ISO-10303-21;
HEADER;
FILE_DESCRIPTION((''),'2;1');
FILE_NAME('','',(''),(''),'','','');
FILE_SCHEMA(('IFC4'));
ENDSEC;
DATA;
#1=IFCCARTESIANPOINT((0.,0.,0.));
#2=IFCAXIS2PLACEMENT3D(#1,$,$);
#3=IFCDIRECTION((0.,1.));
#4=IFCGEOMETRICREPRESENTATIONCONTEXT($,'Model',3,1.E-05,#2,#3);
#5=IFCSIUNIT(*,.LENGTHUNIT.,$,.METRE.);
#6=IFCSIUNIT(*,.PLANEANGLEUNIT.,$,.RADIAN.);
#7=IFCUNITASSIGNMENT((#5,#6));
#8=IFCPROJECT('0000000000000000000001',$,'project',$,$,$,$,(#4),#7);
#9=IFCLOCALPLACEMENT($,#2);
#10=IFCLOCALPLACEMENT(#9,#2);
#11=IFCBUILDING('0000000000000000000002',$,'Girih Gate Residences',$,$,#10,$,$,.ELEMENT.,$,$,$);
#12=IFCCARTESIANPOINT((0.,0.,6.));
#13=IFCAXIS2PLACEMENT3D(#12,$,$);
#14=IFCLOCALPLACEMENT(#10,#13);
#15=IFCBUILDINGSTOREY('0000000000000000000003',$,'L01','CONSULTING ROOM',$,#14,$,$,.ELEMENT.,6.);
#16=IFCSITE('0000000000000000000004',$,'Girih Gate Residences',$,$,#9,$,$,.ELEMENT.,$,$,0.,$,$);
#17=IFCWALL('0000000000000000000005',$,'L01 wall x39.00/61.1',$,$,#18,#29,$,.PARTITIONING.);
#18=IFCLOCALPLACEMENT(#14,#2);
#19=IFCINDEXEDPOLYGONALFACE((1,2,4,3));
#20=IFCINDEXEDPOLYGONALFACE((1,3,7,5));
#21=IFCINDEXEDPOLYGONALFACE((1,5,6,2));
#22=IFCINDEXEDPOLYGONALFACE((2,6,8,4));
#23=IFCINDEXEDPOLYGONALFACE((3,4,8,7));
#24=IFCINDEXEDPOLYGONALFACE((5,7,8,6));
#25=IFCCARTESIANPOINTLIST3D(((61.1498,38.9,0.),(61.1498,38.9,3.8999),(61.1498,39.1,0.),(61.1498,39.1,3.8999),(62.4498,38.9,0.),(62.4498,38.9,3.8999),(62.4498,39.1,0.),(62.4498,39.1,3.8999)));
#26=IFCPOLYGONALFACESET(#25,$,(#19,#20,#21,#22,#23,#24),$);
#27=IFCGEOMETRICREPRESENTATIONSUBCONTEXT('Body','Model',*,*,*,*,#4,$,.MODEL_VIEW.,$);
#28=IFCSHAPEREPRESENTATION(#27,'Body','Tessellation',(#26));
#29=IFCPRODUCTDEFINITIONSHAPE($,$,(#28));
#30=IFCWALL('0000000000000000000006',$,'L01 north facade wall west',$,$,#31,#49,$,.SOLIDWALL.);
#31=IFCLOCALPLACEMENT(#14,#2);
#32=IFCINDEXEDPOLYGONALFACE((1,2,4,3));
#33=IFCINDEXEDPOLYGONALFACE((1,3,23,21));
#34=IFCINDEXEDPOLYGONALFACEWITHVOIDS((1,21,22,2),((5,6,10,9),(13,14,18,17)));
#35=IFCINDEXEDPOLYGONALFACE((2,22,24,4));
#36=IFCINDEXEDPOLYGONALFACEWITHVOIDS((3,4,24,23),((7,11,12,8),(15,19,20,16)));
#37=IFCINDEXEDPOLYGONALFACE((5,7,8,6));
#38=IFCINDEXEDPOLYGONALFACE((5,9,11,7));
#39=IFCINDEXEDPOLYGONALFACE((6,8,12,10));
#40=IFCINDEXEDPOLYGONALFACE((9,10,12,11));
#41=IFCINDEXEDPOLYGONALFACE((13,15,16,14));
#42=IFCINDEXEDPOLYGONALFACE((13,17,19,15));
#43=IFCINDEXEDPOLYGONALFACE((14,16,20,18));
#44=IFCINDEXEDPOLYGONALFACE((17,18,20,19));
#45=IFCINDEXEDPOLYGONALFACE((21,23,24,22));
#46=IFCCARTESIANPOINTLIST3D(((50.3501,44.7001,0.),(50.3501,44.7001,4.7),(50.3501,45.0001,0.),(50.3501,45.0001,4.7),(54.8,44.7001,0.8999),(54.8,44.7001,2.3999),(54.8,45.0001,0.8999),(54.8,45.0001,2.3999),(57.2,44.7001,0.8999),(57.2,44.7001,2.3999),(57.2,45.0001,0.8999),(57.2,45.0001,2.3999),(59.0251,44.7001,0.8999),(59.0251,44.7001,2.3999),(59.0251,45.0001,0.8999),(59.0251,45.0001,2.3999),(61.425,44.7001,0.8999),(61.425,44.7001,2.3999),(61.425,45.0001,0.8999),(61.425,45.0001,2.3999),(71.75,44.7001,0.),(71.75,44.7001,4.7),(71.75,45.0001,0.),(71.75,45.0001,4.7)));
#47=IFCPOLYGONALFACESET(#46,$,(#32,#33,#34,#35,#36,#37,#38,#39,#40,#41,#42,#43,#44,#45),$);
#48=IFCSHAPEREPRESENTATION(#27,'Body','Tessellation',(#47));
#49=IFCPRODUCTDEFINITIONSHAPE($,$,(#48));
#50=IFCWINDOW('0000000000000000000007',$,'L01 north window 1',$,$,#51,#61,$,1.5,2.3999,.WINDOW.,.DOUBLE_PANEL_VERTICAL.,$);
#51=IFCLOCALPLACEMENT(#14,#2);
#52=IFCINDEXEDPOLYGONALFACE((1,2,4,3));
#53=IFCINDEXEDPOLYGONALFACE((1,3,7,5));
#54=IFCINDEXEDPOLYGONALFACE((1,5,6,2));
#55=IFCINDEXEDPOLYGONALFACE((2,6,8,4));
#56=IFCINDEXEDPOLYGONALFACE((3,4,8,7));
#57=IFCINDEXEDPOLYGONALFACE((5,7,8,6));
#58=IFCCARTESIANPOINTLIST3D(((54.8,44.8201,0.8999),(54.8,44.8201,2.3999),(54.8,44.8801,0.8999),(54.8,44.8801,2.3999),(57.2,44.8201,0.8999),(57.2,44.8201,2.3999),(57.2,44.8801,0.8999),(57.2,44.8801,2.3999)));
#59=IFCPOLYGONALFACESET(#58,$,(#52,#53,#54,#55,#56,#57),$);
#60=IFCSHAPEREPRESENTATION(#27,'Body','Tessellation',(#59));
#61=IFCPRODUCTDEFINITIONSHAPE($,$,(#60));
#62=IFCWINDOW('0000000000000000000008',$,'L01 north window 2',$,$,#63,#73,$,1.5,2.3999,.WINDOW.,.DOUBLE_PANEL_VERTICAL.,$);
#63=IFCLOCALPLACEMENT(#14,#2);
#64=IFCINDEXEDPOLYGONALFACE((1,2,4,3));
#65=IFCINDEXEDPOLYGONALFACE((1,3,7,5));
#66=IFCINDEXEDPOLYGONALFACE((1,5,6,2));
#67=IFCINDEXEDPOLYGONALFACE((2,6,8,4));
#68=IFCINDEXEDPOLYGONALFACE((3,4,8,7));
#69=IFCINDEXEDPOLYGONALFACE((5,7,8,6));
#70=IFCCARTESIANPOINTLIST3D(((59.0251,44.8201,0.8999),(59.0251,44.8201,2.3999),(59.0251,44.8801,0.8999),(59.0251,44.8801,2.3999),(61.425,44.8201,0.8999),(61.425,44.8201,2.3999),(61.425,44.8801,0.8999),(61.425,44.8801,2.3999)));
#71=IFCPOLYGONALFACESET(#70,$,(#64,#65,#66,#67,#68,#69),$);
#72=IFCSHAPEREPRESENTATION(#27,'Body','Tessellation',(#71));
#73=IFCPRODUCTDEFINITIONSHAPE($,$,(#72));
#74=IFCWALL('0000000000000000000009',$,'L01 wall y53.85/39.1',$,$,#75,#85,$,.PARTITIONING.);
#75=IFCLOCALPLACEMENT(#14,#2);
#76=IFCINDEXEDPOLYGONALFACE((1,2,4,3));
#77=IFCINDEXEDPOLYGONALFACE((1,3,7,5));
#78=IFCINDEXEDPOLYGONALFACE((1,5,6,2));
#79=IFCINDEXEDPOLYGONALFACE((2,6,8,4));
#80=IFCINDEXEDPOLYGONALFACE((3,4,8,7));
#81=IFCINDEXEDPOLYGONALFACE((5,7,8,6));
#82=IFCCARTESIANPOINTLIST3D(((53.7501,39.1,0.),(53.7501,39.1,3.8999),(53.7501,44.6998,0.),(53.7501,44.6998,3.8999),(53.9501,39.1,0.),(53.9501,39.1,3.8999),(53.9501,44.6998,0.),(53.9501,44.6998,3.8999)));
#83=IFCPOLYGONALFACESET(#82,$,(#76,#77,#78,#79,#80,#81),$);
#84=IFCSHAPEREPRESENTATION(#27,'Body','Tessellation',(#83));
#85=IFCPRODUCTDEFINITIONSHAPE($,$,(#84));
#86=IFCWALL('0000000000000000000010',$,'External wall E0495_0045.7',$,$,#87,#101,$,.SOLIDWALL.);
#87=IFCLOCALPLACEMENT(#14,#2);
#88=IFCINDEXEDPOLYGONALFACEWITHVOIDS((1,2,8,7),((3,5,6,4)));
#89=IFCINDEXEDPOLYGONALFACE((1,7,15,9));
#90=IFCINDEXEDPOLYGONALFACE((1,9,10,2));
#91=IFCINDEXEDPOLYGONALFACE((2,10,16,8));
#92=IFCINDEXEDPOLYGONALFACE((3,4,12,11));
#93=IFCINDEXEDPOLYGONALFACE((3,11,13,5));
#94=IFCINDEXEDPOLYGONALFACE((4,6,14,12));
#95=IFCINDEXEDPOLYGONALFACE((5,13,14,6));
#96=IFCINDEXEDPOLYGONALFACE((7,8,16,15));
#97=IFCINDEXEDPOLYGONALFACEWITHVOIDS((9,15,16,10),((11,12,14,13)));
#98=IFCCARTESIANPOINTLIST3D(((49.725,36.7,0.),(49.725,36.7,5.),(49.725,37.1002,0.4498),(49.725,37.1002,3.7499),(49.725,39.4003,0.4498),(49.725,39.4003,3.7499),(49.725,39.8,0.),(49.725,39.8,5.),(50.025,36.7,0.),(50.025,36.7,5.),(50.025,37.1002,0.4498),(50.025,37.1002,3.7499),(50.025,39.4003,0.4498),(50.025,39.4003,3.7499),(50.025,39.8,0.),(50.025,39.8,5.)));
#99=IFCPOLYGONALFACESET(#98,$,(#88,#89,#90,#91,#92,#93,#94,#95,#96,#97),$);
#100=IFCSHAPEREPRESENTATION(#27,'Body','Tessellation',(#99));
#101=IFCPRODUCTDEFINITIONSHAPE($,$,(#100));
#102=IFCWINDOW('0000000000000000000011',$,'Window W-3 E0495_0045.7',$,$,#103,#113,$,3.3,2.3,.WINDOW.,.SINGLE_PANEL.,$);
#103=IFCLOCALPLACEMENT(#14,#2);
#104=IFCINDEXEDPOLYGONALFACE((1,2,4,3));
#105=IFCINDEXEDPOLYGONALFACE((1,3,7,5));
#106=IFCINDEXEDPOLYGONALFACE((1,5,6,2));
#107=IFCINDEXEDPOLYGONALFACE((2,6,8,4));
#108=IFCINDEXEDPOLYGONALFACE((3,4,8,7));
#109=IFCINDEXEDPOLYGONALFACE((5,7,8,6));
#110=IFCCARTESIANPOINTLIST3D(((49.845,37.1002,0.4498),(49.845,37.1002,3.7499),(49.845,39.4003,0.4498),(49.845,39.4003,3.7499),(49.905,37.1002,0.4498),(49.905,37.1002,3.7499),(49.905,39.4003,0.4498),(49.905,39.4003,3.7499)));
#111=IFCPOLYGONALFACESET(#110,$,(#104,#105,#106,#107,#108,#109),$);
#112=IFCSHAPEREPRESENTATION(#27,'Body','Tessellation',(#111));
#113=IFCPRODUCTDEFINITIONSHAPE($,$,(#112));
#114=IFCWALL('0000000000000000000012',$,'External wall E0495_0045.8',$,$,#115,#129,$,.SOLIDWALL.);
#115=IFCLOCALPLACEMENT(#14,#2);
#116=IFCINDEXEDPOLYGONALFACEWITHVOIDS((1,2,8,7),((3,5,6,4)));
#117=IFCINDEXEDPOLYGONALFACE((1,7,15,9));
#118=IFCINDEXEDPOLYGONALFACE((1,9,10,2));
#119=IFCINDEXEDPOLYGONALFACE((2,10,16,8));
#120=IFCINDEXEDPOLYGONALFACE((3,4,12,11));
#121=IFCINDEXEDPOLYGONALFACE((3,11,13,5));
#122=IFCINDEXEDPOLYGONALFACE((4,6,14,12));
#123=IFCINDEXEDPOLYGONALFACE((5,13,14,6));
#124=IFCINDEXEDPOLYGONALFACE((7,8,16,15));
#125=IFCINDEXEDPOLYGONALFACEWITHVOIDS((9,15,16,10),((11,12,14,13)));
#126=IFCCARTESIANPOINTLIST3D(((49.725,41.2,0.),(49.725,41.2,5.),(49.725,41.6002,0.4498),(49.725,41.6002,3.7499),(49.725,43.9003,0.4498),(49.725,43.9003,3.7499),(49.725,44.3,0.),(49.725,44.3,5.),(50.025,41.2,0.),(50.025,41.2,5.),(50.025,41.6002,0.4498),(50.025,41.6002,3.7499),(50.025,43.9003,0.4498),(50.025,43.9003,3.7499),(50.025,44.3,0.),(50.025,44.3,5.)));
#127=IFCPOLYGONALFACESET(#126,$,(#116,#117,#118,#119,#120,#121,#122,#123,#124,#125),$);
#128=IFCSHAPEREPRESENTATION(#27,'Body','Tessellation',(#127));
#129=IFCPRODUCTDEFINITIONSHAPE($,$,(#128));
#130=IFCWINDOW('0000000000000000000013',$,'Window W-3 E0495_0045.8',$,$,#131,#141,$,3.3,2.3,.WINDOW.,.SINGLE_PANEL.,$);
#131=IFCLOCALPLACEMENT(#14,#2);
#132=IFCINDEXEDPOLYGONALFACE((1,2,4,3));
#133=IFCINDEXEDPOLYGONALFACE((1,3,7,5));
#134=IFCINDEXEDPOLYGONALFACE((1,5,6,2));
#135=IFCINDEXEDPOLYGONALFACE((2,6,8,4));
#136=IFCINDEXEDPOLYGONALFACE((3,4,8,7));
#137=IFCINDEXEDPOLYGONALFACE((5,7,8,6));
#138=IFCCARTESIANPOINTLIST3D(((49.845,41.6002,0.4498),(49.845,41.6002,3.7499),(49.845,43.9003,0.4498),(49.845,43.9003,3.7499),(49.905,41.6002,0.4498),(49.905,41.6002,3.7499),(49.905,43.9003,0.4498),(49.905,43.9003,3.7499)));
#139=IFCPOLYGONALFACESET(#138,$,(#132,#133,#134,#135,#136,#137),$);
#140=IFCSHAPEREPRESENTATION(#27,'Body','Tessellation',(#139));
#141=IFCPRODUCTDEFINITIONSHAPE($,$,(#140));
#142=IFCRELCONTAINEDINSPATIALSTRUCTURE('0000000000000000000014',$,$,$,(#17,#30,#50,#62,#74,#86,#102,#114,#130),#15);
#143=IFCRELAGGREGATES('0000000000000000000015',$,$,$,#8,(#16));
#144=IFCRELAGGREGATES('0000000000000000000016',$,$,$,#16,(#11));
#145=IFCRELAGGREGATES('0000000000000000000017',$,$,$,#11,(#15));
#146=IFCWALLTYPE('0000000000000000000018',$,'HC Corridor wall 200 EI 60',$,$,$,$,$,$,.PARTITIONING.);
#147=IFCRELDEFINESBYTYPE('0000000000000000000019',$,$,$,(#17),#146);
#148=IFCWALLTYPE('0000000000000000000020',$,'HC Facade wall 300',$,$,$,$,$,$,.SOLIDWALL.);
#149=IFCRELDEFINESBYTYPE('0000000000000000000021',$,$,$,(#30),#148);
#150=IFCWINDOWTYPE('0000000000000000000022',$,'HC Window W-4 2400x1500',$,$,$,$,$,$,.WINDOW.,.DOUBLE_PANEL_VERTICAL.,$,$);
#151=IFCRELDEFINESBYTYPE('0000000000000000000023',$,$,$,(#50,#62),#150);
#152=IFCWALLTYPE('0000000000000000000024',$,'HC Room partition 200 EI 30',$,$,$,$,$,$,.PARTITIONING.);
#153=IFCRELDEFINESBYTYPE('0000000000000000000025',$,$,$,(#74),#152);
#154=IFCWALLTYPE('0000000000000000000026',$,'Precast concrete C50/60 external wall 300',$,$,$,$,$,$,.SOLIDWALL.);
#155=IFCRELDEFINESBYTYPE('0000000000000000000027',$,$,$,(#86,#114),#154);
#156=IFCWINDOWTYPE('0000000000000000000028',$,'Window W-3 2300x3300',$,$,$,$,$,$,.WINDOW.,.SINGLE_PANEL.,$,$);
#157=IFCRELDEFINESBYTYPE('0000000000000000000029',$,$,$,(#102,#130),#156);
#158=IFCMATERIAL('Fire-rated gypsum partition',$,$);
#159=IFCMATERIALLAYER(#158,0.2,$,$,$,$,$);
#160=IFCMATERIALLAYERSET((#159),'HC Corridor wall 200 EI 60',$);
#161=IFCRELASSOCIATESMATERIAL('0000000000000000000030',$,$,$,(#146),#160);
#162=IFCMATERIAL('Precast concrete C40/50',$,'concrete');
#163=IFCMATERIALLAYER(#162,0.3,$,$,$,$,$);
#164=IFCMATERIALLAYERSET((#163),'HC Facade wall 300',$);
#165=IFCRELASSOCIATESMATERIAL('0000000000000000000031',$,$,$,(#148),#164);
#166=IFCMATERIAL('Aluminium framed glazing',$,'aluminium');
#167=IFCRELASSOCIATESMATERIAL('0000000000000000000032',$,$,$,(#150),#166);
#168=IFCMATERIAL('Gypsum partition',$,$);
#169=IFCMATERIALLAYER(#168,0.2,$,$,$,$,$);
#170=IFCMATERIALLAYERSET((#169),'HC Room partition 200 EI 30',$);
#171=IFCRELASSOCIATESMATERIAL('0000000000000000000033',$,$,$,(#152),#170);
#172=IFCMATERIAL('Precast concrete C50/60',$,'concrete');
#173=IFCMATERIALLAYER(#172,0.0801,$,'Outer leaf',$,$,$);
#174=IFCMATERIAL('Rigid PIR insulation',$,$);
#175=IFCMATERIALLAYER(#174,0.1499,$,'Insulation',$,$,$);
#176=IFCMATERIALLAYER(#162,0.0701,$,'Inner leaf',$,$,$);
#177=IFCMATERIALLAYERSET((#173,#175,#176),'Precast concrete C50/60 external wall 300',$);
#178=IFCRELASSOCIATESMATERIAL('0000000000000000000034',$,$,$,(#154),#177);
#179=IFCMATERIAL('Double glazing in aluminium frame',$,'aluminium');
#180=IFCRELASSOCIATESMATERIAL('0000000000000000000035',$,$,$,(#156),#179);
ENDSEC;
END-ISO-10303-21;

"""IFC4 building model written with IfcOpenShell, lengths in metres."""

from ifc_helpers import new_model, si_unit, direction, frame, frame_2d, origin, place, context, subcontext, project, spatial, rectangle, extrude, material, layer, layer_set, type_object, element, fill, save


model = new_model("IFC4")

# Units and contexts
model_context = context("Model", 3, precision=1e-05, world=origin(), true_north=direction((0.0, 1.0)))
body_context = subcontext(model_context, "Body", "Model", "MODEL_VIEW")
ifc_project = project(units=[si_unit("LENGTHUNIT", "METRE"), si_unit("PLANEANGLEUNIT", "RADIAN")], contexts=[model_context])

# Site, building, storey
site_placement = place(None, origin())
site = spatial("IfcSite", under=ifc_project, at=site_placement, Name="Girih Gate Residences", CompositionType="ELEMENT", RefElevation=0.0)
building_placement = place(site_placement, origin())
building = spatial("IfcBuilding", under=site, at=building_placement, Name="Girih Gate Residences", CompositionType="ELEMENT")
storey_placement = place(building_placement, frame((0.0, 0.0, 6.0)))
storey = spatial("IfcBuildingStorey", under=building, at=storey_placement, Name="L01", Description="CONSULTING ROOM", CompositionType="ELEMENT", Elevation=6.0)

# Shared definitions
ifc_material_1 = material(Name="Fire-rated gypsum partition")
ifc_layer_1 = layer(ifc_material_1, 0.2)
ifc_layer_set_1 = layer_set([ifc_layer_1], Name="HC Corridor wall 200 EI 60")
wall_type_1 = type_object("IfcWallType", Name="HC Corridor wall 200 EI 60", PredefinedType="PARTITIONING", material=ifc_layer_set_1)

# Wall
wall_1_placement = place(storey_placement, frame((61.1499, 39.0, 0.0), z_axis=(0.0, 0.0, 1.0), x_axis=(1.0, 0.0, 0.0)))
element("IfcWall", 1, at=wall_1_placement, inside=storey, type_object=wall_type_1, Name="L01 wall x39.00/61.1", PredefinedType="PARTITIONING", context=body_context, shape_type="SweptSolid", body=[
    extrude(rectangle(XDim=1.3, YDim=0.2, at=frame_2d((0.6499, 0.0))), origin(), (0.0, 0.0, 1.0), 3.8999),
])

# Wall, openings, windows
ifc_material_2 = material(Name="Precast concrete C40/50", Category="concrete")
ifc_layer_2 = layer(ifc_material_2, 0.3)
ifc_layer_set_2 = layer_set([ifc_layer_2], Name="HC Facade wall 300")
wall_type_2 = type_object("IfcWallType", Name="HC Facade wall 300", PredefinedType="SOLIDWALL", material=ifc_layer_set_2)
wall_2_placement = place(storey_placement, frame((50.3501, 44.8501, 0.0), z_axis=(0.0, 0.0, 1.0), x_axis=(1.0, 0.0, 0.0)))
wall_2 = element("IfcWall", 2, at=wall_2_placement, inside=storey, type_object=wall_type_2, Name="L01 north facade wall west", PredefinedType="SOLIDWALL", context=body_context, shape_type="SweptSolid", body=[
    extrude(rectangle(XDim=21.3999, YDim=0.3, at=frame_2d((10.7, 0.0))), origin(), (0.0, 0.0, 1.0), 4.7),
])
opening_1_placement = place(wall_2_placement, frame((4.45, 0.0, 0.8999)))
opening_1 = element("IfcOpeningElement", 3, at=opening_1_placement, cuts=wall_2, PredefinedType="OPENING", context=body_context, shape_type="SweptSolid", body=[
    extrude(rectangle(XDim=2.3999, YDim=1.5, at=frame_2d((1.2, 0.75))), frame((0.0, 0.1599, 0.0), z_axis=(0.0, -1.0, 0.0), x_axis=(1.0, 0.0, 0.0)), (0.0, 0.0, 1.0), 0.3201),
])
opening_2_placement = place(wall_2_placement, frame((8.675, 0.0, 0.8999)))
opening_2 = element("IfcOpeningElement", 4, at=opening_2_placement, cuts=wall_2, PredefinedType="OPENING", context=body_context, shape_type="SweptSolid", body=[
    extrude(rectangle(XDim=2.3999, YDim=1.5, at=frame_2d((1.2, 0.75))), frame((0.0, 0.1599, 0.0), z_axis=(0.0, -1.0, 0.0), x_axis=(1.0, 0.0, 0.0)), (0.0, 0.0, 1.0), 0.3201),
])
ifc_material_3 = material(Name="Aluminium framed glazing", Category="aluminium")
window_type_1 = type_object("IfcWindowType", Name="HC Window W-4 2400x1500", PartitioningType="DOUBLE_PANEL_VERTICAL", PredefinedType="WINDOW", material=ifc_material_3)
window_1_placement = place(opening_1_placement, origin())
window_1 = element("IfcWindow", 5, at=window_1_placement, inside=storey, type_object=window_type_1, Name="L01 north window 1", OverallHeight=1.5, OverallWidth=2.3999, PartitioningType="DOUBLE_PANEL_VERTICAL", PredefinedType="WINDOW", context=body_context, shape_type="SweptSolid", body=[
    extrude(rectangle(XDim=2.3999, YDim=1.5, at=frame_2d((1.2, 0.75))), frame((0.0, 0.03, 0.0), z_axis=(0.0, -1.0, 0.0), x_axis=(1.0, 0.0, 0.0)), (0.0, 0.0, 1.0), 0.0601),
])
fill(opening_1, window_1)
window_2_placement = place(opening_2_placement, origin())
window_2 = element("IfcWindow", 6, at=window_2_placement, inside=storey, type_object=window_type_1, Name="L01 north window 2", OverallHeight=1.5, OverallWidth=2.3999, PartitioningType="DOUBLE_PANEL_VERTICAL", PredefinedType="WINDOW", context=body_context, shape_type="SweptSolid", body=[
    extrude(rectangle(XDim=2.3999, YDim=1.5, at=frame_2d((1.2, 0.75))), frame((0.0, 0.03, 0.0), z_axis=(0.0, -1.0, 0.0), x_axis=(1.0, 0.0, 0.0)), (0.0, 0.0, 1.0), 0.0601),
])
fill(opening_2, window_2)

# Wall
ifc_material_4 = material(Name="Gypsum partition")
ifc_layer_3 = layer(ifc_material_4, 0.2)
ifc_layer_set_3 = layer_set([ifc_layer_3], Name="HC Room partition 200 EI 30")
wall_type_3 = type_object("IfcWallType", Name="HC Room partition 200 EI 30", PredefinedType="PARTITIONING", material=ifc_layer_set_3)
wall_3_placement = place(storey_placement, frame((53.8501, 39.1001, 0.0), z_axis=(0.0, 0.0, 1.0), x_axis=(0.0, 1.0, 0.0)))
element("IfcWall", 7, at=wall_3_placement, inside=storey, type_object=wall_type_3, Name="L01 wall y53.85/39.1", PredefinedType="PARTITIONING", context=body_context, shape_type="SweptSolid", body=[
    extrude(rectangle(XDim=5.5999, YDim=0.2, at=frame_2d((2.7998, 0.0))), origin(), (0.0, 0.0, 1.0), 3.8999),
])

# Walls, openings, windows
ifc_material_5 = material(Name="Precast concrete C50/60", Category="concrete")
ifc_layer_4 = layer(ifc_material_5, 0.0801, Name="Outer leaf")
ifc_material_6 = material(Name="Rigid PIR insulation")
ifc_layer_5 = layer(ifc_material_6, 0.1499, Name="Insulation")
ifc_layer_6 = layer(ifc_material_2, 0.0701, Name="Inner leaf")
ifc_layer_set_4 = layer_set([ifc_layer_4, ifc_layer_5, ifc_layer_6], Name="Precast concrete C50/60 external wall 300")
wall_type_4 = type_object("IfcWallType", Name="Precast concrete C50/60 external wall 300", PredefinedType="SOLIDWALL", material=ifc_layer_set_4)
wall_4_placement = place(storey_placement, frame((49.875, 39.8, 0.0), z_axis=(0.0, 0.0, 1.0), x_axis=(0.0, -1.0, 0.0)))
wall_4 = element("IfcWall", 8, at=wall_4_placement, inside=storey, type_object=wall_type_4, Name="External wall E0495_0045.7", PredefinedType="SOLIDWALL", context=body_context, shape_type="SweptSolid", body=[
    extrude(rectangle(XDim=3.1001, YDim=0.3, at=frame_2d((1.55, 0.0))), origin(), (0.0, 0.0, 1.0), 5.0),
])
opening_3_placement = place(wall_4_placement, frame((0.3999, 0.0, 0.45)))
opening_3 = element("IfcOpeningElement", 9, at=opening_3_placement, cuts=wall_4, PredefinedType="OPENING", context=body_context, shape_type="SweptSolid", body=[
    extrude(rectangle(XDim=2.3, YDim=3.3, at=frame_2d((1.1499, 1.6499))), frame((0.0, 0.1599, 0.0), z_axis=(0.0, -1.0, 0.0), x_axis=(1.0, 0.0, 0.0)), (0.0, 0.0, 1.0), 0.3201),
])
ifc_material_7 = material(Name="Double glazing in aluminium frame", Category="aluminium")
window_type_2 = type_object("IfcWindowType", Name="Window W-3 2300x3300", PartitioningType="SINGLE_PANEL", PredefinedType="WINDOW", material=ifc_material_7)
window_3_placement = place(opening_3_placement, origin())
window_3 = element("IfcWindow", 10, at=window_3_placement, inside=storey, type_object=window_type_2, Name="Window W-3 E0495_0045.7", OverallHeight=3.3, OverallWidth=2.3, PartitioningType="SINGLE_PANEL", PredefinedType="WINDOW", context=body_context, shape_type="SweptSolid", body=[
    extrude(rectangle(XDim=2.3, YDim=3.3, at=frame_2d((1.1499, 1.6499))), frame((0.0, 0.03, 0.0), z_axis=(0.0, -1.0, 0.0), x_axis=(1.0, 0.0, 0.0)), (0.0, 0.0, 1.0), 0.0601),
])
fill(opening_3, window_3)
wall_5_placement = place(storey_placement, frame((49.875, 44.3, 0.0), z_axis=(0.0, 0.0, 1.0), x_axis=(0.0, -1.0, 0.0)))
wall_5 = element("IfcWall", 11, at=wall_5_placement, inside=storey, type_object=wall_type_4, Name="External wall E0495_0045.8", PredefinedType="SOLIDWALL", context=body_context, shape_type="SweptSolid", body=[
    extrude(rectangle(XDim=3.1001, YDim=0.3, at=frame_2d((1.55, 0.0))), origin(), (0.0, 0.0, 1.0), 5.0),
])
opening_4_placement = place(wall_5_placement, frame((0.3999, 0.0, 0.45)))
opening_4 = element("IfcOpeningElement", 12, at=opening_4_placement, cuts=wall_5, PredefinedType="OPENING", context=body_context, shape_type="SweptSolid", body=[
    extrude(rectangle(XDim=2.3, YDim=3.3, at=frame_2d((1.1499, 1.6499))), frame((0.0, 0.1599, 0.0), z_axis=(0.0, -1.0, 0.0), x_axis=(1.0, 0.0, 0.0)), (0.0, 0.0, 1.0), 0.3201),
])
window_4_placement = place(opening_4_placement, origin())
window_4 = element("IfcWindow", 13, at=window_4_placement, inside=storey, type_object=window_type_2, Name="Window W-3 E0495_0045.8", OverallHeight=3.3, OverallWidth=2.3, PartitioningType="SINGLE_PANEL", PredefinedType="WINDOW", context=body_context, shape_type="SweptSolid", body=[
    extrude(rectangle(XDim=2.3, YDim=3.3, at=frame_2d((1.1499, 1.6499))), frame((0.0, 0.03, 0.0), z_axis=(0.0, -1.0, 0.0), x_axis=(1.0, 0.0, 0.0)), (0.0, 0.0, 1.0), 0.0601),
])
fill(opening_4, window_4)

save(model, "model.ifc")
